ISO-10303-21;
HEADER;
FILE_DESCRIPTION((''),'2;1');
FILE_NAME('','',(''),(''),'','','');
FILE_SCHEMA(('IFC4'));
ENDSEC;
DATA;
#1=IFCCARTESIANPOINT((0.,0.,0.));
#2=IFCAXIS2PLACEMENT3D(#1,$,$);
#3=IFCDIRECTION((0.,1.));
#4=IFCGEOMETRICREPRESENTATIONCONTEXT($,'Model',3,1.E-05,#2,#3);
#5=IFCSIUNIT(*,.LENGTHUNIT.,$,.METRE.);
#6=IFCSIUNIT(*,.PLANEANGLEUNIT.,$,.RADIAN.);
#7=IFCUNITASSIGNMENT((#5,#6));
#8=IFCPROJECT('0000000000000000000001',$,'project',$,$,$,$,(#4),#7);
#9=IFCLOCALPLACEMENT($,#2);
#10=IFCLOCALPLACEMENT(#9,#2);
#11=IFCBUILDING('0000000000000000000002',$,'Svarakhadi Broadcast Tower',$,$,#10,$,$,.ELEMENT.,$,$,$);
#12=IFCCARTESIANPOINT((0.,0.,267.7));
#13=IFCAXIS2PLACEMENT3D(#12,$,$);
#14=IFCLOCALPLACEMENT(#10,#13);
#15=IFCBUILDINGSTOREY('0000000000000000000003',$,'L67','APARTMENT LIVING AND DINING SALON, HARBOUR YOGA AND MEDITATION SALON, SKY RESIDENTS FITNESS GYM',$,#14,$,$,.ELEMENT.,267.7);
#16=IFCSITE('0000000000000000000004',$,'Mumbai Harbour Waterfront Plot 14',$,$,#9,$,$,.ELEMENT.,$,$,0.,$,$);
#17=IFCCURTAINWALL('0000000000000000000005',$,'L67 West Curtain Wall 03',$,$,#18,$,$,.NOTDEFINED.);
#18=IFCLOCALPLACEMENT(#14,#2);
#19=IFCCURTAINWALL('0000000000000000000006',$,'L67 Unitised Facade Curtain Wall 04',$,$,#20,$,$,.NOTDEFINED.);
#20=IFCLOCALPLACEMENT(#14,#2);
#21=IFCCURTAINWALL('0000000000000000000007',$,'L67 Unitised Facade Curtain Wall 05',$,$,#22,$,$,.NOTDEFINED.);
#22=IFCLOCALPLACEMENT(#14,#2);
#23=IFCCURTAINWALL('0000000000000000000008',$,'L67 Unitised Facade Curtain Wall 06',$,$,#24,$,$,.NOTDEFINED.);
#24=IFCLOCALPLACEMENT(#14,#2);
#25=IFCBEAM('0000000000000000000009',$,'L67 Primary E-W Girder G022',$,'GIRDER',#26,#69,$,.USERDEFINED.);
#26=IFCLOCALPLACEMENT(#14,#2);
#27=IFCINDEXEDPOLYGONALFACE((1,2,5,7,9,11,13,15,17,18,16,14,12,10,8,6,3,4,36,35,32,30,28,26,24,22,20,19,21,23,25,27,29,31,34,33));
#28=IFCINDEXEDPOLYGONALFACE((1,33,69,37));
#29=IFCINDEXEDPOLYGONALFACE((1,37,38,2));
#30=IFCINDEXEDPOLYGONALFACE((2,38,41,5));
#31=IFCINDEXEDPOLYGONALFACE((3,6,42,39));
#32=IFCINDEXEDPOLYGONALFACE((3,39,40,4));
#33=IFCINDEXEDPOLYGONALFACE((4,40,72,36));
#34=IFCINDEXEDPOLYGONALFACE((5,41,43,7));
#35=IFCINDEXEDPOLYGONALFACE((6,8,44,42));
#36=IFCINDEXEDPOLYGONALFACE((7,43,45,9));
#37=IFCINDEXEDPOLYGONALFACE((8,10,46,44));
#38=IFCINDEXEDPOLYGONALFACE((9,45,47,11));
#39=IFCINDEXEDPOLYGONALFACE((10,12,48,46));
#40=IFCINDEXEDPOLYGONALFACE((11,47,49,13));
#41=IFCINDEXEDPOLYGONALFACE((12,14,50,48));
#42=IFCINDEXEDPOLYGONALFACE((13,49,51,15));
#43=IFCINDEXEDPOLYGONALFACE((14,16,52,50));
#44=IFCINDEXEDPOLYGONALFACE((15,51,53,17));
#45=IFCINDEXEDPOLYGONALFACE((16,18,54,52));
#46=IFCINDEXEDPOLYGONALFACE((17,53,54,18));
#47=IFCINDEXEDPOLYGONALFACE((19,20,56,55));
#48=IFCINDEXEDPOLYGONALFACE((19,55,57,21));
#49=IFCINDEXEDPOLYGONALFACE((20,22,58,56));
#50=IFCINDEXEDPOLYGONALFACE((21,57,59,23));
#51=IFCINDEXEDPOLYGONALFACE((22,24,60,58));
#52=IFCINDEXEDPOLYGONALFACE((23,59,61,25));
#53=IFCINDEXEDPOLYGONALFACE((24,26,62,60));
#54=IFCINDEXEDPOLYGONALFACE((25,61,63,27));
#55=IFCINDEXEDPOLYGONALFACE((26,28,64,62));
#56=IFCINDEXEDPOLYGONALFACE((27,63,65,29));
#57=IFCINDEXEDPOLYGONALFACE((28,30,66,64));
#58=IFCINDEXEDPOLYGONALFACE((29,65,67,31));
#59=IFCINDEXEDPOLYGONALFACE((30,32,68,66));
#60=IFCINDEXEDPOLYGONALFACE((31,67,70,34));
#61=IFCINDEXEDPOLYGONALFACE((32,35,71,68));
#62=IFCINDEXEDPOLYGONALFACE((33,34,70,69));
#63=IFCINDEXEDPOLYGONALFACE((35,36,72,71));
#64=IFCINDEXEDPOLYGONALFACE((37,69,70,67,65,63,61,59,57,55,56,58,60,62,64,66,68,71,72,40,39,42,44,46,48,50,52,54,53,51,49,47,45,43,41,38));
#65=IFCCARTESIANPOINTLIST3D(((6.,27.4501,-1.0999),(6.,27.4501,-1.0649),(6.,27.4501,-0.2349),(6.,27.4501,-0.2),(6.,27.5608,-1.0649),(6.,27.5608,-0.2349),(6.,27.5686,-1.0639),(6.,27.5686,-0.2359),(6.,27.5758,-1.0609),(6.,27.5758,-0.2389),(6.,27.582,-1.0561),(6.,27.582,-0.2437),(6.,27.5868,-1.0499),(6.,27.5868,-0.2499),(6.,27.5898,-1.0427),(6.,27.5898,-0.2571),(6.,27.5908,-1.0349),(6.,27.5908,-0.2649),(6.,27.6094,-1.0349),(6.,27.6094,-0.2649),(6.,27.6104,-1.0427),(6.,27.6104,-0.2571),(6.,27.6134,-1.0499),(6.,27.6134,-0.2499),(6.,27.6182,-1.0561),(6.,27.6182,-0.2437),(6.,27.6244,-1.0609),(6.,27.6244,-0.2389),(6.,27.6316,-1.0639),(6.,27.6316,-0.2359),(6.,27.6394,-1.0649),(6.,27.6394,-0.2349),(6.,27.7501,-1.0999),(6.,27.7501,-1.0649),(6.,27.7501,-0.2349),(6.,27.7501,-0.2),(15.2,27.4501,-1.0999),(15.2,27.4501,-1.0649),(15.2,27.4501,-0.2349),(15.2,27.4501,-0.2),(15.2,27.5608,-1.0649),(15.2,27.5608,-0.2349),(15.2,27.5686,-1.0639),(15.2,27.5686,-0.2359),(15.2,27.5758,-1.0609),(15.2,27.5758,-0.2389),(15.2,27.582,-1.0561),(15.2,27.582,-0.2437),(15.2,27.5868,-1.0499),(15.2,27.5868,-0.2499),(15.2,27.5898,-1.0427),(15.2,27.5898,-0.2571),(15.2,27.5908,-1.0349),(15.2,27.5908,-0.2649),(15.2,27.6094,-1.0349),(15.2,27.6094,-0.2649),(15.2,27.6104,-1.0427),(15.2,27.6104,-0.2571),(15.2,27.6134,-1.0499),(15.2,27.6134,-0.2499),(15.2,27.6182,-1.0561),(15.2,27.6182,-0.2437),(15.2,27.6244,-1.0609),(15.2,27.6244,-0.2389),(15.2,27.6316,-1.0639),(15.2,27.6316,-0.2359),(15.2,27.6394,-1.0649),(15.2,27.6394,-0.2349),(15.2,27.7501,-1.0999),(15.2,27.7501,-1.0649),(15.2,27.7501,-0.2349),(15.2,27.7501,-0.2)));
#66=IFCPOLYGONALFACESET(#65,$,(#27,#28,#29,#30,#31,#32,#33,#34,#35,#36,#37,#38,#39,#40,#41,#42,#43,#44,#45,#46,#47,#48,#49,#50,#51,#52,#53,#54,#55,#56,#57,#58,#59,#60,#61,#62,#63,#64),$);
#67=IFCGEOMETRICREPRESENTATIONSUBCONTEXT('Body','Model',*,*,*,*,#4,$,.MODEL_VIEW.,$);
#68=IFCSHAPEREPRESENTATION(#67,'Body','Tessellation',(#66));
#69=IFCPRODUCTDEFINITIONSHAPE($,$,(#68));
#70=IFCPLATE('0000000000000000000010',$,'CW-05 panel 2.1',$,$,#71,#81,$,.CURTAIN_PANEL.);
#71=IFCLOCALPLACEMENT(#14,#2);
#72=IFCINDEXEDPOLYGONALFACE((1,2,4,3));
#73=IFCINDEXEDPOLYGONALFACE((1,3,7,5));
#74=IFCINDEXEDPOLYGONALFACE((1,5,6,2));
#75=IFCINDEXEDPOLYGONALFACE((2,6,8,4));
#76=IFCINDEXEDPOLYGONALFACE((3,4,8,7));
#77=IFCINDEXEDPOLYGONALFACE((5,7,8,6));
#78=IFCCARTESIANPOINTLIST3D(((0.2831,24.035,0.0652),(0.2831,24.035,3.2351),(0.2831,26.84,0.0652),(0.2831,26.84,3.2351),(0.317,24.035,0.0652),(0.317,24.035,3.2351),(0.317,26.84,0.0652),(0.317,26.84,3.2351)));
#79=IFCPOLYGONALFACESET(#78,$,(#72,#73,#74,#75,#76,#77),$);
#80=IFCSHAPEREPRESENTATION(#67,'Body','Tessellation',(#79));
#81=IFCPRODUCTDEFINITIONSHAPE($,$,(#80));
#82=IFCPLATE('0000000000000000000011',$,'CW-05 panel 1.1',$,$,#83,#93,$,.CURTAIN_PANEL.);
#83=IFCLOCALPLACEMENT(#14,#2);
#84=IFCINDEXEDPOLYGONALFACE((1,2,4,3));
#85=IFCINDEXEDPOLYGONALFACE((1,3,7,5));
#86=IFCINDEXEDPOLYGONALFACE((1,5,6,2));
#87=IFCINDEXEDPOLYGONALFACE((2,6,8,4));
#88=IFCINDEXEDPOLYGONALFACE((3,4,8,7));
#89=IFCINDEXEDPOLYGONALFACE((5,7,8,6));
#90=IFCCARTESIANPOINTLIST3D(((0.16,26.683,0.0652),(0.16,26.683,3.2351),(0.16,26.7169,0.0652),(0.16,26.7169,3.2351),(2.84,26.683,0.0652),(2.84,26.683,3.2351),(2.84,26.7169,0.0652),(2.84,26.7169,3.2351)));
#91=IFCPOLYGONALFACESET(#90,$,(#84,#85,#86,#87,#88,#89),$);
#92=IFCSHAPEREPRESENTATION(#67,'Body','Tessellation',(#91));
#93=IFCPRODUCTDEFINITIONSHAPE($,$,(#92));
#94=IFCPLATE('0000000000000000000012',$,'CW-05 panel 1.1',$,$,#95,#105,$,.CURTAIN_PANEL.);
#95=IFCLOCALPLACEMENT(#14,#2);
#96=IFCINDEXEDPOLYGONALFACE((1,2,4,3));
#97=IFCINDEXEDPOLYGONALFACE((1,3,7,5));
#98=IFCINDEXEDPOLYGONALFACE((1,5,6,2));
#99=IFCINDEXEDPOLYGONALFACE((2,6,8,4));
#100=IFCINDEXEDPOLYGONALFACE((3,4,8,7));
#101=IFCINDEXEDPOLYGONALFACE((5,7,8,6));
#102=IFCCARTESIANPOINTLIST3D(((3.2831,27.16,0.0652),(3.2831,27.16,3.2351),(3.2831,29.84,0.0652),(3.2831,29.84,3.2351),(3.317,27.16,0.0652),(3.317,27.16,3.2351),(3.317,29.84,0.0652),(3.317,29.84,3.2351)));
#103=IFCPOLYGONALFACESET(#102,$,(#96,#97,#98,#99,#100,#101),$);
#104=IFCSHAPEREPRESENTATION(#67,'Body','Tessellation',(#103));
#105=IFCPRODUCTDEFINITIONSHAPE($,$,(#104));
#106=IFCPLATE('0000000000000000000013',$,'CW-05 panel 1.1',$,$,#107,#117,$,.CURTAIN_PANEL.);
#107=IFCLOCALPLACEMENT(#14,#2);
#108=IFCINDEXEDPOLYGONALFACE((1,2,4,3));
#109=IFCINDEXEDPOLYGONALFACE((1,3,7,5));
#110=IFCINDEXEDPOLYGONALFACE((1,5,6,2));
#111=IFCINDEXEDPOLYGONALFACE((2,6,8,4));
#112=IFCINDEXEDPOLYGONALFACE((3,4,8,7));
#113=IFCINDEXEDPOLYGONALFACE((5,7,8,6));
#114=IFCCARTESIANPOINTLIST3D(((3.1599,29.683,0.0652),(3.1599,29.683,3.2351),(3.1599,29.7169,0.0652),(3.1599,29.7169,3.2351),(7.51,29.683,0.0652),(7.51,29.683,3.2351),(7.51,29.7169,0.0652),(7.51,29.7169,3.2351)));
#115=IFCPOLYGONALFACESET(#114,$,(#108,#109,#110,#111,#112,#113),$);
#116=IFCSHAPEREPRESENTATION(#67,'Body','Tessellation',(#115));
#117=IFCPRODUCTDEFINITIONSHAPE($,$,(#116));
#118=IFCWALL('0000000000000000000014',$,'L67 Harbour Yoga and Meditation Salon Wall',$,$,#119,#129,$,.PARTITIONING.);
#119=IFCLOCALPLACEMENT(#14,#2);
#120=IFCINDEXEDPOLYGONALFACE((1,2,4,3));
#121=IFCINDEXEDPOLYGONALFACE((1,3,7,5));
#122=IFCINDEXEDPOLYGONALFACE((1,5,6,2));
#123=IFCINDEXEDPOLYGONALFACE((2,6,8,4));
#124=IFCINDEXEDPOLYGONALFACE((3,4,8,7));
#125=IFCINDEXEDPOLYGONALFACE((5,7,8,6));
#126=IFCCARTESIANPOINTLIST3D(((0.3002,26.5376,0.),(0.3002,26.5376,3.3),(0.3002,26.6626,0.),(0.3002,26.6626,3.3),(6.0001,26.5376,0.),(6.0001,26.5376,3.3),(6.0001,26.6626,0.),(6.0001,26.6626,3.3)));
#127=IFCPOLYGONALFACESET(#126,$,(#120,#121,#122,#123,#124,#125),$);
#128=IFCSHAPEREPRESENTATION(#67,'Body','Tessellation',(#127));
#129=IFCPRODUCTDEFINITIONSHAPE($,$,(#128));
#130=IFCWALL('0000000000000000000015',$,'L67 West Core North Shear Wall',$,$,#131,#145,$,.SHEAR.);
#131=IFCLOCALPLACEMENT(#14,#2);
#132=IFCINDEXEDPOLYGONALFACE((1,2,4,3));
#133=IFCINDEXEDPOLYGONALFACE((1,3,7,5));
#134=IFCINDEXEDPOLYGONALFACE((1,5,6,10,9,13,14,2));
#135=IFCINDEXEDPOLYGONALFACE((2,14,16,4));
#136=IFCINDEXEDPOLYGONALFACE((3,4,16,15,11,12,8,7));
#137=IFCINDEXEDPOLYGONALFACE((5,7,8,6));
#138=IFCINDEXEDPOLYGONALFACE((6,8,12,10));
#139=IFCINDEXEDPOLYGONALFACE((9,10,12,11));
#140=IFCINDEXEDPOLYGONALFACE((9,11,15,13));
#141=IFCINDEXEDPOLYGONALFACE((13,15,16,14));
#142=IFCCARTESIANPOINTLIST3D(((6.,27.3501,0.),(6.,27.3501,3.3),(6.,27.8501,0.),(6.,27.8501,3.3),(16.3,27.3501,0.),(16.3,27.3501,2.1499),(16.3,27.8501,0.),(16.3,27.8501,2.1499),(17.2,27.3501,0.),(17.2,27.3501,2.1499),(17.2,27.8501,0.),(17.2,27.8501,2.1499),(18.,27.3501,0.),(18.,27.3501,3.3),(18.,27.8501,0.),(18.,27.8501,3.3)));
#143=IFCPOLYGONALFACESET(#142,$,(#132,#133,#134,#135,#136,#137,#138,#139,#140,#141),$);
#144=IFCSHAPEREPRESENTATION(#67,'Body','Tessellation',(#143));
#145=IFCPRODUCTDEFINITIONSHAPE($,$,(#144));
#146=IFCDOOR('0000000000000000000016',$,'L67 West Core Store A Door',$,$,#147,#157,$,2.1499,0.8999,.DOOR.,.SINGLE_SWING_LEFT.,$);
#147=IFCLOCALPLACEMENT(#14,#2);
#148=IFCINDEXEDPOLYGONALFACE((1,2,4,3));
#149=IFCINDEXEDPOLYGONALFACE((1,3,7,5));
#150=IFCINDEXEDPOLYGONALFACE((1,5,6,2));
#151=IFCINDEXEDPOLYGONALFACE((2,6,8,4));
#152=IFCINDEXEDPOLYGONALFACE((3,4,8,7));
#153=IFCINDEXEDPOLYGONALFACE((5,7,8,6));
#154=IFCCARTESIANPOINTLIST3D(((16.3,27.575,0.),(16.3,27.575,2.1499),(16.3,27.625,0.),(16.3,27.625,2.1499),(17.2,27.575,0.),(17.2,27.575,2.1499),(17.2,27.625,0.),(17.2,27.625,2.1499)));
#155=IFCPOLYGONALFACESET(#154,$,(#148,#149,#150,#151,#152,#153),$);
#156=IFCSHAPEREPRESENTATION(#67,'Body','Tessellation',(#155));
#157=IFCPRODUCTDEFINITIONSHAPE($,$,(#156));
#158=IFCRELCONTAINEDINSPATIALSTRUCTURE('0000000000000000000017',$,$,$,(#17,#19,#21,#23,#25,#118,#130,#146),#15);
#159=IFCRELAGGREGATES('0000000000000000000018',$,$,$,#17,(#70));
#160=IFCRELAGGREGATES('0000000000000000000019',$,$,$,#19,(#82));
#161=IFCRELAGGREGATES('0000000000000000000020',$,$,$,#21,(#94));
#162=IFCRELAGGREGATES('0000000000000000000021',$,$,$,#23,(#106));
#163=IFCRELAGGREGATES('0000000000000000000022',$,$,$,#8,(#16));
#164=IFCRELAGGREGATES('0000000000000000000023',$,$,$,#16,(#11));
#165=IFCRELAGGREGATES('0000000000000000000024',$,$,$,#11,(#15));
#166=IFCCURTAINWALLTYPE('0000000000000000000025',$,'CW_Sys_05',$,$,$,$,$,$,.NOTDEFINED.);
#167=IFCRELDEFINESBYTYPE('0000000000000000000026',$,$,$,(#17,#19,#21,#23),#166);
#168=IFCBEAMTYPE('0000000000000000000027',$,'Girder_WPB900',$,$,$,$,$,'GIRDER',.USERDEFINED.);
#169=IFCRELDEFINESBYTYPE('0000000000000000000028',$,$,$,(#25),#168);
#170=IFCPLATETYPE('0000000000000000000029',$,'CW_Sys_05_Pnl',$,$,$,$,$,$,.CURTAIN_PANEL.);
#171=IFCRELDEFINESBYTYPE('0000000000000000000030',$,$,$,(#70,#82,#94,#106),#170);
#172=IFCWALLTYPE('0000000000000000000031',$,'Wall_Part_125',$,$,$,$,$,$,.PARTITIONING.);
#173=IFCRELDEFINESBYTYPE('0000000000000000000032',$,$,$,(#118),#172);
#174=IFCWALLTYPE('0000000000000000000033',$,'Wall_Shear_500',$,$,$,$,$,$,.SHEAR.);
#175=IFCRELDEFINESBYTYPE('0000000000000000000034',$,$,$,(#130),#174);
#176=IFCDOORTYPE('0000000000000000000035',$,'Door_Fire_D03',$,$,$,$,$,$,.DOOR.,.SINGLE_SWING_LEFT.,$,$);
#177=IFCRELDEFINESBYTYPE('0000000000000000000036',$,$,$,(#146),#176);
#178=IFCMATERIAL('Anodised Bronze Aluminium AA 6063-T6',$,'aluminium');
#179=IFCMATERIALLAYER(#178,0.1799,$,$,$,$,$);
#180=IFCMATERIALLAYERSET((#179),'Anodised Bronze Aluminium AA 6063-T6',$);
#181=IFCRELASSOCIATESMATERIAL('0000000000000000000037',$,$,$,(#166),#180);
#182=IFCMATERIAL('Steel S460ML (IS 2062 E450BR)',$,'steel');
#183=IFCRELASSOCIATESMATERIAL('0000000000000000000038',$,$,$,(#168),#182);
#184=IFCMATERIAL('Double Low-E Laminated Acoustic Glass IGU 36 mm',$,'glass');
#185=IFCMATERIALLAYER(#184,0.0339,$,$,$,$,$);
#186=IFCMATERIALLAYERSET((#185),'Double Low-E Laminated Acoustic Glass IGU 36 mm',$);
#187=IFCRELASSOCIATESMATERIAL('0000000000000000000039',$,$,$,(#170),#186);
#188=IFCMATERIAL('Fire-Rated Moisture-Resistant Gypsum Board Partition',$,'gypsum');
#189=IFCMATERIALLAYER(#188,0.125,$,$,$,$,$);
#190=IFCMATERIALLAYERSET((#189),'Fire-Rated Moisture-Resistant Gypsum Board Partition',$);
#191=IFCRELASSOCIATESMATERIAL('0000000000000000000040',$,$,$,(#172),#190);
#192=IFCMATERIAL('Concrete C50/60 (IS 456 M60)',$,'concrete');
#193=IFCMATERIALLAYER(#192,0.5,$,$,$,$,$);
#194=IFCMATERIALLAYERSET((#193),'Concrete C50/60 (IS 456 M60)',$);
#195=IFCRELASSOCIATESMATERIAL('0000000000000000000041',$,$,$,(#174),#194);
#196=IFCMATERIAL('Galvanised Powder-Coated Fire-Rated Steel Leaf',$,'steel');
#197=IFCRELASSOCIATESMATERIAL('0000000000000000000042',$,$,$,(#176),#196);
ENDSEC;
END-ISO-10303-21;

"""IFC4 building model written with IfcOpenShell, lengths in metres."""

from ifc_helpers import new_model, si_unit, direction, frame, frame_2d, origin, origin_2d, place, context, subcontext, project, spatial, rectangle, i_section, extrude, material, layer, layer_set, material_profile, profile_set, type_object, element, fill, aggregate, save


model = new_model("IFC4")

# Units and contexts
model_context = context("Model", 3, precision=1e-05, world=origin(), true_north=direction((0.0, 1.0)))
body_context = subcontext(model_context, "Body", "Model", "MODEL_VIEW")
ifc_project = project(units=[si_unit("LENGTHUNIT", "METRE"), si_unit("PLANEANGLEUNIT", "RADIAN")], contexts=[model_context])

# Site, building, storey
site_placement = place(None, origin())
site = spatial("IfcSite", under=ifc_project, at=site_placement, Name="Mumbai Harbour Waterfront Plot 14", CompositionType="ELEMENT", RefElevation=0.0)
building_placement = place(site_placement, origin())
building = spatial("IfcBuilding", under=site, at=building_placement, Name="Svarakhadi Broadcast Tower", CompositionType="ELEMENT")
storey_placement = place(building_placement, frame((0.0, 0.0, 267.7)))
storey = spatial("IfcBuildingStorey", under=building, at=storey_placement, Name="L67", Description="APARTMENT LIVING AND DINING SALON, HARBOUR YOGA AND MEDITATION SALON, SKY RESIDENTS FITNESS GYM", CompositionType="ELEMENT", Elevation=267.7)

# Shared definitions
ifc_material_1 = material(Name="Concrete C50/60 (IS 456 M60)", Category="concrete")
ifc_material_2 = material(Name="Steel S460ML (IS 2062 E450BR)", Category="steel")

# Curtain wall
ifc_material_3 = material(Name="Anodised Bronze Aluminium AA 6063-T6", Category="aluminium")
ifc_layer_1 = layer(ifc_material_3, 0.1799)
ifc_layer_set_1 = layer_set([ifc_layer_1], Name="Anodised Bronze Aluminium AA 6063-T6")
curtain_wall_type = type_object("IfcCurtainWallType", Name="CW_Sys_05", PredefinedType="NOTDEFINED", material=ifc_layer_set_1)
curtain_wall_1_placement = place(storey_placement, origin())
curtain_wall_1 = element("IfcCurtainWall", 1, at=curtain_wall_1_placement, inside=storey, type_object=curtain_wall_type, Name="L67 West Curtain Wall 03", PredefinedType="NOTDEFINED")

# Curtain walls
curtain_wall_2_placement = place(storey_placement, origin())
curtain_wall_2 = element("IfcCurtainWall", 2, at=curtain_wall_2_placement, inside=storey, type_object=curtain_wall_type, Name="L67 Unitised Facade Curtain Wall 04", PredefinedType="NOTDEFINED")
curtain_wall_3_placement = place(storey_placement, origin())
curtain_wall_3 = element("IfcCurtainWall", 3, at=curtain_wall_3_placement, inside=storey, type_object=curtain_wall_type, Name="L67 Unitised Facade Curtain Wall 05", PredefinedType="NOTDEFINED")

# Curtain wall
curtain_wall_4_placement = place(storey_placement, origin())
curtain_wall_4 = element("IfcCurtainWall", 4, at=curtain_wall_4_placement, inside=storey, type_object=curtain_wall_type, Name="L67 Unitised Facade Curtain Wall 06", PredefinedType="NOTDEFINED")

# Beam
ifc_material_profile_1 = material_profile(ifc_material_2, i_section(OverallWidth=0.3, OverallDepth=0.8999, WebThickness=0.0186, FlangeThickness=0.0349, FilletRadius=0.03, at=origin_2d()), Name="WPB 900x300x291")
ifc_profile_set_1 = profile_set([ifc_material_profile_1], Name="Steel S460ML (IS 2062 E450BR)")
beam_type_1 = type_object("IfcBeamType", Name="Girder_WPB900", ElementType="GIRDER", PredefinedType="USERDEFINED", material=ifc_profile_set_1)
beam_1_placement = place(storey_placement, frame((6.0, 27.6001, -0.6499), z_axis=(1.0, 0.0, 0.0), x_axis=(0.0, 1.0, 0.0)))
element("IfcBeam", 5, at=beam_1_placement, inside=storey, type_object=beam_type_1, Name="L67 Primary E-W Girder G022", ObjectType="GIRDER", PredefinedType="USERDEFINED", context=body_context, shape_type="SweptSolid", body=[
    extrude(i_section(OverallWidth=0.3, OverallDepth=0.8999, WebThickness=0.0186, FlangeThickness=0.0349, FilletRadius=0.03, at=origin_2d()), origin(), (0.0, 0.0, 1.0), 9.2),
])

# Plates
ifc_material_4 = material(Name="Double Low-E Laminated Acoustic Glass IGU 36 mm", Category="glass")
ifc_layer_2 = layer(ifc_material_4, 0.0339)
ifc_layer_set_2 = layer_set([ifc_layer_2], Name="Double Low-E Laminated Acoustic Glass IGU 36 mm")
plate_type = type_object("IfcPlateType", Name="CW_Sys_05_Pnl", PredefinedType="CURTAIN_PANEL", material=ifc_layer_set_2)
plate_1_placement = place(storey_placement, frame((0.3, 25.4375, 0.0652), z_axis=(0.0, 0.0, 1.0), x_axis=(0.0, 1.0, 0.0)))
plate_1 = element("IfcPlate", 6, at=plate_1_placement, type_object=plate_type, Name="CW-05 panel 2.1", PredefinedType="CURTAIN_PANEL", context=body_context, shape_type="SweptSolid", body=[
    extrude(rectangle(XDim=2.8049, YDim=0.0339, at=origin_2d()), origin(), (0.0, 0.0, 1.0), 3.1699),
])
aggregate(curtain_wall_1, [plate_1])
plate_2_placement = place(storey_placement, frame((1.5, 26.7, 0.0652), z_axis=(0.0, 0.0, 1.0), x_axis=(1.0, 0.0, 0.0)))
plate_2 = element("IfcPlate", 7, at=plate_2_placement, type_object=plate_type, Name="CW-05 panel 1.1", PredefinedType="CURTAIN_PANEL", context=body_context, shape_type="SweptSolid", body=[
    extrude(rectangle(XDim=2.6799, YDim=0.0339, at=origin_2d()), origin(), (0.0, 0.0, 1.0), 3.1699),
])
aggregate(curtain_wall_2, [plate_2])
plate_3_placement = place(storey_placement, frame((3.3, 28.5, 0.0652), z_axis=(0.0, 0.0, 1.0), x_axis=(0.0, 1.0, 0.0)))
plate_3 = element("IfcPlate", 8, at=plate_3_placement, type_object=plate_type, Name="CW-05 panel 1.1", PredefinedType="CURTAIN_PANEL", context=body_context, shape_type="SweptSolid", body=[
    extrude(rectangle(XDim=2.6799, YDim=0.0339, at=origin_2d()), origin(), (0.0, 0.0, 1.0), 3.1699),
])
aggregate(curtain_wall_3, [plate_3])
plate_4_placement = place(storey_placement, frame((5.335, 29.7, 0.0652), z_axis=(0.0, 0.0, 1.0), x_axis=(1.0, 0.0, 0.0)))
plate_4 = element("IfcPlate", 9, at=plate_4_placement, type_object=plate_type, Name="CW-05 panel 1.1", PredefinedType="CURTAIN_PANEL", context=body_context, shape_type="SweptSolid", body=[
    extrude(rectangle(XDim=4.3501, YDim=0.0339, at=origin_2d()), origin(), (0.0, 0.0, 1.0), 3.1699),
])
aggregate(curtain_wall_4, [plate_4])

# Wall
ifc_material_5 = material(Name="Fire-Rated Moisture-Resistant Gypsum Board Partition", Category="gypsum")
ifc_layer_3 = layer(ifc_material_5, 0.125)
ifc_layer_set_3 = layer_set([ifc_layer_3], Name="Fire-Rated Moisture-Resistant Gypsum Board Partition")
wall_type_1 = type_object("IfcWallType", Name="Wall_Part_125", PredefinedType="PARTITIONING", material=ifc_layer_set_3)
wall_1_placement = place(storey_placement, frame((0.3, 26.6001, 0.0), z_axis=(0.0, 0.0, 1.0), x_axis=(1.0, 0.0, 0.0)))
element("IfcWall", 10, at=wall_1_placement, inside=storey, type_object=wall_type_1, Name="L67 Harbour Yoga and Meditation Salon Wall", PredefinedType="PARTITIONING", context=body_context, shape_type="SweptSolid", body=[
    extrude(rectangle(XDim=5.7, YDim=0.125, at=frame_2d((2.8501, 0.0))), origin(), (0.0, 0.0, 1.0), 3.3),
])

# Wall, opening, door
ifc_layer_4 = layer(ifc_material_1, 0.5)
ifc_layer_set_4 = layer_set([ifc_layer_4], Name="Concrete C50/60 (IS 456 M60)")
wall_type_2 = type_object("IfcWallType", Name="Wall_Shear_500", PredefinedType="SHEAR", material=ifc_layer_set_4)
wall_2_placement = place(storey_placement, frame((6.0, 27.6001, 0.0), z_axis=(0.0, 0.0, 1.0), x_axis=(1.0, 0.0, 0.0)))
wall_2 = element("IfcWall", 11, at=wall_2_placement, inside=storey, type_object=wall_type_2, Name="L67 West Core North Shear Wall", PredefinedType="SHEAR", context=body_context, shape_type="SweptSolid", body=[
    extrude(rectangle(XDim=12.0, YDim=0.5, at=frame_2d((6.0, 0.0))), origin(), (0.0, 0.0, 1.0), 3.3),
])
opening_placement = place(wall_2_placement, frame((10.3, 0.0, 0.0)))
opening = element("IfcOpeningElement", 12, at=opening_placement, cuts=wall_2, PredefinedType="OPENING", context=body_context, shape_type="SweptSolid", body=[
    extrude(rectangle(XDim=0.8999, YDim=2.1499, at=frame_2d((0.45, 1.075))), frame((0.0, 0.26, 0.0), z_axis=(0.0, -1.0, 0.0), x_axis=(1.0, 0.0, 0.0)), (0.0, 0.0, 1.0), 0.52),
])
ifc_material_6 = material(Name="Galvanised Powder-Coated Fire-Rated Steel Leaf", Category="steel")
door_type = type_object("IfcDoorType", Name="Door_Fire_D03", OperationType="SINGLE_SWING_LEFT", PredefinedType="DOOR", material=ifc_material_6)
door_placement = place(opening_placement, origin())
door = element("IfcDoor", 13, at=door_placement, inside=storey, type_object=door_type, Name="L67 West Core Store A Door", OperationType="SINGLE_SWING_LEFT", OverallHeight=2.1499, OverallWidth=0.8999, PredefinedType="DOOR", context=body_context, shape_type="SweptSolid", body=[
    extrude(rectangle(XDim=0.8999, YDim=2.1499, at=frame_2d((0.45, 1.075))), frame((0.0, 0.0249, 0.0), z_axis=(0.0, -1.0, 0.0), x_axis=(1.0, 0.0, 0.0)), (0.0, 0.0, 1.0), 0.05),
])
fill(opening, door)

save(model, "model.ifc")
